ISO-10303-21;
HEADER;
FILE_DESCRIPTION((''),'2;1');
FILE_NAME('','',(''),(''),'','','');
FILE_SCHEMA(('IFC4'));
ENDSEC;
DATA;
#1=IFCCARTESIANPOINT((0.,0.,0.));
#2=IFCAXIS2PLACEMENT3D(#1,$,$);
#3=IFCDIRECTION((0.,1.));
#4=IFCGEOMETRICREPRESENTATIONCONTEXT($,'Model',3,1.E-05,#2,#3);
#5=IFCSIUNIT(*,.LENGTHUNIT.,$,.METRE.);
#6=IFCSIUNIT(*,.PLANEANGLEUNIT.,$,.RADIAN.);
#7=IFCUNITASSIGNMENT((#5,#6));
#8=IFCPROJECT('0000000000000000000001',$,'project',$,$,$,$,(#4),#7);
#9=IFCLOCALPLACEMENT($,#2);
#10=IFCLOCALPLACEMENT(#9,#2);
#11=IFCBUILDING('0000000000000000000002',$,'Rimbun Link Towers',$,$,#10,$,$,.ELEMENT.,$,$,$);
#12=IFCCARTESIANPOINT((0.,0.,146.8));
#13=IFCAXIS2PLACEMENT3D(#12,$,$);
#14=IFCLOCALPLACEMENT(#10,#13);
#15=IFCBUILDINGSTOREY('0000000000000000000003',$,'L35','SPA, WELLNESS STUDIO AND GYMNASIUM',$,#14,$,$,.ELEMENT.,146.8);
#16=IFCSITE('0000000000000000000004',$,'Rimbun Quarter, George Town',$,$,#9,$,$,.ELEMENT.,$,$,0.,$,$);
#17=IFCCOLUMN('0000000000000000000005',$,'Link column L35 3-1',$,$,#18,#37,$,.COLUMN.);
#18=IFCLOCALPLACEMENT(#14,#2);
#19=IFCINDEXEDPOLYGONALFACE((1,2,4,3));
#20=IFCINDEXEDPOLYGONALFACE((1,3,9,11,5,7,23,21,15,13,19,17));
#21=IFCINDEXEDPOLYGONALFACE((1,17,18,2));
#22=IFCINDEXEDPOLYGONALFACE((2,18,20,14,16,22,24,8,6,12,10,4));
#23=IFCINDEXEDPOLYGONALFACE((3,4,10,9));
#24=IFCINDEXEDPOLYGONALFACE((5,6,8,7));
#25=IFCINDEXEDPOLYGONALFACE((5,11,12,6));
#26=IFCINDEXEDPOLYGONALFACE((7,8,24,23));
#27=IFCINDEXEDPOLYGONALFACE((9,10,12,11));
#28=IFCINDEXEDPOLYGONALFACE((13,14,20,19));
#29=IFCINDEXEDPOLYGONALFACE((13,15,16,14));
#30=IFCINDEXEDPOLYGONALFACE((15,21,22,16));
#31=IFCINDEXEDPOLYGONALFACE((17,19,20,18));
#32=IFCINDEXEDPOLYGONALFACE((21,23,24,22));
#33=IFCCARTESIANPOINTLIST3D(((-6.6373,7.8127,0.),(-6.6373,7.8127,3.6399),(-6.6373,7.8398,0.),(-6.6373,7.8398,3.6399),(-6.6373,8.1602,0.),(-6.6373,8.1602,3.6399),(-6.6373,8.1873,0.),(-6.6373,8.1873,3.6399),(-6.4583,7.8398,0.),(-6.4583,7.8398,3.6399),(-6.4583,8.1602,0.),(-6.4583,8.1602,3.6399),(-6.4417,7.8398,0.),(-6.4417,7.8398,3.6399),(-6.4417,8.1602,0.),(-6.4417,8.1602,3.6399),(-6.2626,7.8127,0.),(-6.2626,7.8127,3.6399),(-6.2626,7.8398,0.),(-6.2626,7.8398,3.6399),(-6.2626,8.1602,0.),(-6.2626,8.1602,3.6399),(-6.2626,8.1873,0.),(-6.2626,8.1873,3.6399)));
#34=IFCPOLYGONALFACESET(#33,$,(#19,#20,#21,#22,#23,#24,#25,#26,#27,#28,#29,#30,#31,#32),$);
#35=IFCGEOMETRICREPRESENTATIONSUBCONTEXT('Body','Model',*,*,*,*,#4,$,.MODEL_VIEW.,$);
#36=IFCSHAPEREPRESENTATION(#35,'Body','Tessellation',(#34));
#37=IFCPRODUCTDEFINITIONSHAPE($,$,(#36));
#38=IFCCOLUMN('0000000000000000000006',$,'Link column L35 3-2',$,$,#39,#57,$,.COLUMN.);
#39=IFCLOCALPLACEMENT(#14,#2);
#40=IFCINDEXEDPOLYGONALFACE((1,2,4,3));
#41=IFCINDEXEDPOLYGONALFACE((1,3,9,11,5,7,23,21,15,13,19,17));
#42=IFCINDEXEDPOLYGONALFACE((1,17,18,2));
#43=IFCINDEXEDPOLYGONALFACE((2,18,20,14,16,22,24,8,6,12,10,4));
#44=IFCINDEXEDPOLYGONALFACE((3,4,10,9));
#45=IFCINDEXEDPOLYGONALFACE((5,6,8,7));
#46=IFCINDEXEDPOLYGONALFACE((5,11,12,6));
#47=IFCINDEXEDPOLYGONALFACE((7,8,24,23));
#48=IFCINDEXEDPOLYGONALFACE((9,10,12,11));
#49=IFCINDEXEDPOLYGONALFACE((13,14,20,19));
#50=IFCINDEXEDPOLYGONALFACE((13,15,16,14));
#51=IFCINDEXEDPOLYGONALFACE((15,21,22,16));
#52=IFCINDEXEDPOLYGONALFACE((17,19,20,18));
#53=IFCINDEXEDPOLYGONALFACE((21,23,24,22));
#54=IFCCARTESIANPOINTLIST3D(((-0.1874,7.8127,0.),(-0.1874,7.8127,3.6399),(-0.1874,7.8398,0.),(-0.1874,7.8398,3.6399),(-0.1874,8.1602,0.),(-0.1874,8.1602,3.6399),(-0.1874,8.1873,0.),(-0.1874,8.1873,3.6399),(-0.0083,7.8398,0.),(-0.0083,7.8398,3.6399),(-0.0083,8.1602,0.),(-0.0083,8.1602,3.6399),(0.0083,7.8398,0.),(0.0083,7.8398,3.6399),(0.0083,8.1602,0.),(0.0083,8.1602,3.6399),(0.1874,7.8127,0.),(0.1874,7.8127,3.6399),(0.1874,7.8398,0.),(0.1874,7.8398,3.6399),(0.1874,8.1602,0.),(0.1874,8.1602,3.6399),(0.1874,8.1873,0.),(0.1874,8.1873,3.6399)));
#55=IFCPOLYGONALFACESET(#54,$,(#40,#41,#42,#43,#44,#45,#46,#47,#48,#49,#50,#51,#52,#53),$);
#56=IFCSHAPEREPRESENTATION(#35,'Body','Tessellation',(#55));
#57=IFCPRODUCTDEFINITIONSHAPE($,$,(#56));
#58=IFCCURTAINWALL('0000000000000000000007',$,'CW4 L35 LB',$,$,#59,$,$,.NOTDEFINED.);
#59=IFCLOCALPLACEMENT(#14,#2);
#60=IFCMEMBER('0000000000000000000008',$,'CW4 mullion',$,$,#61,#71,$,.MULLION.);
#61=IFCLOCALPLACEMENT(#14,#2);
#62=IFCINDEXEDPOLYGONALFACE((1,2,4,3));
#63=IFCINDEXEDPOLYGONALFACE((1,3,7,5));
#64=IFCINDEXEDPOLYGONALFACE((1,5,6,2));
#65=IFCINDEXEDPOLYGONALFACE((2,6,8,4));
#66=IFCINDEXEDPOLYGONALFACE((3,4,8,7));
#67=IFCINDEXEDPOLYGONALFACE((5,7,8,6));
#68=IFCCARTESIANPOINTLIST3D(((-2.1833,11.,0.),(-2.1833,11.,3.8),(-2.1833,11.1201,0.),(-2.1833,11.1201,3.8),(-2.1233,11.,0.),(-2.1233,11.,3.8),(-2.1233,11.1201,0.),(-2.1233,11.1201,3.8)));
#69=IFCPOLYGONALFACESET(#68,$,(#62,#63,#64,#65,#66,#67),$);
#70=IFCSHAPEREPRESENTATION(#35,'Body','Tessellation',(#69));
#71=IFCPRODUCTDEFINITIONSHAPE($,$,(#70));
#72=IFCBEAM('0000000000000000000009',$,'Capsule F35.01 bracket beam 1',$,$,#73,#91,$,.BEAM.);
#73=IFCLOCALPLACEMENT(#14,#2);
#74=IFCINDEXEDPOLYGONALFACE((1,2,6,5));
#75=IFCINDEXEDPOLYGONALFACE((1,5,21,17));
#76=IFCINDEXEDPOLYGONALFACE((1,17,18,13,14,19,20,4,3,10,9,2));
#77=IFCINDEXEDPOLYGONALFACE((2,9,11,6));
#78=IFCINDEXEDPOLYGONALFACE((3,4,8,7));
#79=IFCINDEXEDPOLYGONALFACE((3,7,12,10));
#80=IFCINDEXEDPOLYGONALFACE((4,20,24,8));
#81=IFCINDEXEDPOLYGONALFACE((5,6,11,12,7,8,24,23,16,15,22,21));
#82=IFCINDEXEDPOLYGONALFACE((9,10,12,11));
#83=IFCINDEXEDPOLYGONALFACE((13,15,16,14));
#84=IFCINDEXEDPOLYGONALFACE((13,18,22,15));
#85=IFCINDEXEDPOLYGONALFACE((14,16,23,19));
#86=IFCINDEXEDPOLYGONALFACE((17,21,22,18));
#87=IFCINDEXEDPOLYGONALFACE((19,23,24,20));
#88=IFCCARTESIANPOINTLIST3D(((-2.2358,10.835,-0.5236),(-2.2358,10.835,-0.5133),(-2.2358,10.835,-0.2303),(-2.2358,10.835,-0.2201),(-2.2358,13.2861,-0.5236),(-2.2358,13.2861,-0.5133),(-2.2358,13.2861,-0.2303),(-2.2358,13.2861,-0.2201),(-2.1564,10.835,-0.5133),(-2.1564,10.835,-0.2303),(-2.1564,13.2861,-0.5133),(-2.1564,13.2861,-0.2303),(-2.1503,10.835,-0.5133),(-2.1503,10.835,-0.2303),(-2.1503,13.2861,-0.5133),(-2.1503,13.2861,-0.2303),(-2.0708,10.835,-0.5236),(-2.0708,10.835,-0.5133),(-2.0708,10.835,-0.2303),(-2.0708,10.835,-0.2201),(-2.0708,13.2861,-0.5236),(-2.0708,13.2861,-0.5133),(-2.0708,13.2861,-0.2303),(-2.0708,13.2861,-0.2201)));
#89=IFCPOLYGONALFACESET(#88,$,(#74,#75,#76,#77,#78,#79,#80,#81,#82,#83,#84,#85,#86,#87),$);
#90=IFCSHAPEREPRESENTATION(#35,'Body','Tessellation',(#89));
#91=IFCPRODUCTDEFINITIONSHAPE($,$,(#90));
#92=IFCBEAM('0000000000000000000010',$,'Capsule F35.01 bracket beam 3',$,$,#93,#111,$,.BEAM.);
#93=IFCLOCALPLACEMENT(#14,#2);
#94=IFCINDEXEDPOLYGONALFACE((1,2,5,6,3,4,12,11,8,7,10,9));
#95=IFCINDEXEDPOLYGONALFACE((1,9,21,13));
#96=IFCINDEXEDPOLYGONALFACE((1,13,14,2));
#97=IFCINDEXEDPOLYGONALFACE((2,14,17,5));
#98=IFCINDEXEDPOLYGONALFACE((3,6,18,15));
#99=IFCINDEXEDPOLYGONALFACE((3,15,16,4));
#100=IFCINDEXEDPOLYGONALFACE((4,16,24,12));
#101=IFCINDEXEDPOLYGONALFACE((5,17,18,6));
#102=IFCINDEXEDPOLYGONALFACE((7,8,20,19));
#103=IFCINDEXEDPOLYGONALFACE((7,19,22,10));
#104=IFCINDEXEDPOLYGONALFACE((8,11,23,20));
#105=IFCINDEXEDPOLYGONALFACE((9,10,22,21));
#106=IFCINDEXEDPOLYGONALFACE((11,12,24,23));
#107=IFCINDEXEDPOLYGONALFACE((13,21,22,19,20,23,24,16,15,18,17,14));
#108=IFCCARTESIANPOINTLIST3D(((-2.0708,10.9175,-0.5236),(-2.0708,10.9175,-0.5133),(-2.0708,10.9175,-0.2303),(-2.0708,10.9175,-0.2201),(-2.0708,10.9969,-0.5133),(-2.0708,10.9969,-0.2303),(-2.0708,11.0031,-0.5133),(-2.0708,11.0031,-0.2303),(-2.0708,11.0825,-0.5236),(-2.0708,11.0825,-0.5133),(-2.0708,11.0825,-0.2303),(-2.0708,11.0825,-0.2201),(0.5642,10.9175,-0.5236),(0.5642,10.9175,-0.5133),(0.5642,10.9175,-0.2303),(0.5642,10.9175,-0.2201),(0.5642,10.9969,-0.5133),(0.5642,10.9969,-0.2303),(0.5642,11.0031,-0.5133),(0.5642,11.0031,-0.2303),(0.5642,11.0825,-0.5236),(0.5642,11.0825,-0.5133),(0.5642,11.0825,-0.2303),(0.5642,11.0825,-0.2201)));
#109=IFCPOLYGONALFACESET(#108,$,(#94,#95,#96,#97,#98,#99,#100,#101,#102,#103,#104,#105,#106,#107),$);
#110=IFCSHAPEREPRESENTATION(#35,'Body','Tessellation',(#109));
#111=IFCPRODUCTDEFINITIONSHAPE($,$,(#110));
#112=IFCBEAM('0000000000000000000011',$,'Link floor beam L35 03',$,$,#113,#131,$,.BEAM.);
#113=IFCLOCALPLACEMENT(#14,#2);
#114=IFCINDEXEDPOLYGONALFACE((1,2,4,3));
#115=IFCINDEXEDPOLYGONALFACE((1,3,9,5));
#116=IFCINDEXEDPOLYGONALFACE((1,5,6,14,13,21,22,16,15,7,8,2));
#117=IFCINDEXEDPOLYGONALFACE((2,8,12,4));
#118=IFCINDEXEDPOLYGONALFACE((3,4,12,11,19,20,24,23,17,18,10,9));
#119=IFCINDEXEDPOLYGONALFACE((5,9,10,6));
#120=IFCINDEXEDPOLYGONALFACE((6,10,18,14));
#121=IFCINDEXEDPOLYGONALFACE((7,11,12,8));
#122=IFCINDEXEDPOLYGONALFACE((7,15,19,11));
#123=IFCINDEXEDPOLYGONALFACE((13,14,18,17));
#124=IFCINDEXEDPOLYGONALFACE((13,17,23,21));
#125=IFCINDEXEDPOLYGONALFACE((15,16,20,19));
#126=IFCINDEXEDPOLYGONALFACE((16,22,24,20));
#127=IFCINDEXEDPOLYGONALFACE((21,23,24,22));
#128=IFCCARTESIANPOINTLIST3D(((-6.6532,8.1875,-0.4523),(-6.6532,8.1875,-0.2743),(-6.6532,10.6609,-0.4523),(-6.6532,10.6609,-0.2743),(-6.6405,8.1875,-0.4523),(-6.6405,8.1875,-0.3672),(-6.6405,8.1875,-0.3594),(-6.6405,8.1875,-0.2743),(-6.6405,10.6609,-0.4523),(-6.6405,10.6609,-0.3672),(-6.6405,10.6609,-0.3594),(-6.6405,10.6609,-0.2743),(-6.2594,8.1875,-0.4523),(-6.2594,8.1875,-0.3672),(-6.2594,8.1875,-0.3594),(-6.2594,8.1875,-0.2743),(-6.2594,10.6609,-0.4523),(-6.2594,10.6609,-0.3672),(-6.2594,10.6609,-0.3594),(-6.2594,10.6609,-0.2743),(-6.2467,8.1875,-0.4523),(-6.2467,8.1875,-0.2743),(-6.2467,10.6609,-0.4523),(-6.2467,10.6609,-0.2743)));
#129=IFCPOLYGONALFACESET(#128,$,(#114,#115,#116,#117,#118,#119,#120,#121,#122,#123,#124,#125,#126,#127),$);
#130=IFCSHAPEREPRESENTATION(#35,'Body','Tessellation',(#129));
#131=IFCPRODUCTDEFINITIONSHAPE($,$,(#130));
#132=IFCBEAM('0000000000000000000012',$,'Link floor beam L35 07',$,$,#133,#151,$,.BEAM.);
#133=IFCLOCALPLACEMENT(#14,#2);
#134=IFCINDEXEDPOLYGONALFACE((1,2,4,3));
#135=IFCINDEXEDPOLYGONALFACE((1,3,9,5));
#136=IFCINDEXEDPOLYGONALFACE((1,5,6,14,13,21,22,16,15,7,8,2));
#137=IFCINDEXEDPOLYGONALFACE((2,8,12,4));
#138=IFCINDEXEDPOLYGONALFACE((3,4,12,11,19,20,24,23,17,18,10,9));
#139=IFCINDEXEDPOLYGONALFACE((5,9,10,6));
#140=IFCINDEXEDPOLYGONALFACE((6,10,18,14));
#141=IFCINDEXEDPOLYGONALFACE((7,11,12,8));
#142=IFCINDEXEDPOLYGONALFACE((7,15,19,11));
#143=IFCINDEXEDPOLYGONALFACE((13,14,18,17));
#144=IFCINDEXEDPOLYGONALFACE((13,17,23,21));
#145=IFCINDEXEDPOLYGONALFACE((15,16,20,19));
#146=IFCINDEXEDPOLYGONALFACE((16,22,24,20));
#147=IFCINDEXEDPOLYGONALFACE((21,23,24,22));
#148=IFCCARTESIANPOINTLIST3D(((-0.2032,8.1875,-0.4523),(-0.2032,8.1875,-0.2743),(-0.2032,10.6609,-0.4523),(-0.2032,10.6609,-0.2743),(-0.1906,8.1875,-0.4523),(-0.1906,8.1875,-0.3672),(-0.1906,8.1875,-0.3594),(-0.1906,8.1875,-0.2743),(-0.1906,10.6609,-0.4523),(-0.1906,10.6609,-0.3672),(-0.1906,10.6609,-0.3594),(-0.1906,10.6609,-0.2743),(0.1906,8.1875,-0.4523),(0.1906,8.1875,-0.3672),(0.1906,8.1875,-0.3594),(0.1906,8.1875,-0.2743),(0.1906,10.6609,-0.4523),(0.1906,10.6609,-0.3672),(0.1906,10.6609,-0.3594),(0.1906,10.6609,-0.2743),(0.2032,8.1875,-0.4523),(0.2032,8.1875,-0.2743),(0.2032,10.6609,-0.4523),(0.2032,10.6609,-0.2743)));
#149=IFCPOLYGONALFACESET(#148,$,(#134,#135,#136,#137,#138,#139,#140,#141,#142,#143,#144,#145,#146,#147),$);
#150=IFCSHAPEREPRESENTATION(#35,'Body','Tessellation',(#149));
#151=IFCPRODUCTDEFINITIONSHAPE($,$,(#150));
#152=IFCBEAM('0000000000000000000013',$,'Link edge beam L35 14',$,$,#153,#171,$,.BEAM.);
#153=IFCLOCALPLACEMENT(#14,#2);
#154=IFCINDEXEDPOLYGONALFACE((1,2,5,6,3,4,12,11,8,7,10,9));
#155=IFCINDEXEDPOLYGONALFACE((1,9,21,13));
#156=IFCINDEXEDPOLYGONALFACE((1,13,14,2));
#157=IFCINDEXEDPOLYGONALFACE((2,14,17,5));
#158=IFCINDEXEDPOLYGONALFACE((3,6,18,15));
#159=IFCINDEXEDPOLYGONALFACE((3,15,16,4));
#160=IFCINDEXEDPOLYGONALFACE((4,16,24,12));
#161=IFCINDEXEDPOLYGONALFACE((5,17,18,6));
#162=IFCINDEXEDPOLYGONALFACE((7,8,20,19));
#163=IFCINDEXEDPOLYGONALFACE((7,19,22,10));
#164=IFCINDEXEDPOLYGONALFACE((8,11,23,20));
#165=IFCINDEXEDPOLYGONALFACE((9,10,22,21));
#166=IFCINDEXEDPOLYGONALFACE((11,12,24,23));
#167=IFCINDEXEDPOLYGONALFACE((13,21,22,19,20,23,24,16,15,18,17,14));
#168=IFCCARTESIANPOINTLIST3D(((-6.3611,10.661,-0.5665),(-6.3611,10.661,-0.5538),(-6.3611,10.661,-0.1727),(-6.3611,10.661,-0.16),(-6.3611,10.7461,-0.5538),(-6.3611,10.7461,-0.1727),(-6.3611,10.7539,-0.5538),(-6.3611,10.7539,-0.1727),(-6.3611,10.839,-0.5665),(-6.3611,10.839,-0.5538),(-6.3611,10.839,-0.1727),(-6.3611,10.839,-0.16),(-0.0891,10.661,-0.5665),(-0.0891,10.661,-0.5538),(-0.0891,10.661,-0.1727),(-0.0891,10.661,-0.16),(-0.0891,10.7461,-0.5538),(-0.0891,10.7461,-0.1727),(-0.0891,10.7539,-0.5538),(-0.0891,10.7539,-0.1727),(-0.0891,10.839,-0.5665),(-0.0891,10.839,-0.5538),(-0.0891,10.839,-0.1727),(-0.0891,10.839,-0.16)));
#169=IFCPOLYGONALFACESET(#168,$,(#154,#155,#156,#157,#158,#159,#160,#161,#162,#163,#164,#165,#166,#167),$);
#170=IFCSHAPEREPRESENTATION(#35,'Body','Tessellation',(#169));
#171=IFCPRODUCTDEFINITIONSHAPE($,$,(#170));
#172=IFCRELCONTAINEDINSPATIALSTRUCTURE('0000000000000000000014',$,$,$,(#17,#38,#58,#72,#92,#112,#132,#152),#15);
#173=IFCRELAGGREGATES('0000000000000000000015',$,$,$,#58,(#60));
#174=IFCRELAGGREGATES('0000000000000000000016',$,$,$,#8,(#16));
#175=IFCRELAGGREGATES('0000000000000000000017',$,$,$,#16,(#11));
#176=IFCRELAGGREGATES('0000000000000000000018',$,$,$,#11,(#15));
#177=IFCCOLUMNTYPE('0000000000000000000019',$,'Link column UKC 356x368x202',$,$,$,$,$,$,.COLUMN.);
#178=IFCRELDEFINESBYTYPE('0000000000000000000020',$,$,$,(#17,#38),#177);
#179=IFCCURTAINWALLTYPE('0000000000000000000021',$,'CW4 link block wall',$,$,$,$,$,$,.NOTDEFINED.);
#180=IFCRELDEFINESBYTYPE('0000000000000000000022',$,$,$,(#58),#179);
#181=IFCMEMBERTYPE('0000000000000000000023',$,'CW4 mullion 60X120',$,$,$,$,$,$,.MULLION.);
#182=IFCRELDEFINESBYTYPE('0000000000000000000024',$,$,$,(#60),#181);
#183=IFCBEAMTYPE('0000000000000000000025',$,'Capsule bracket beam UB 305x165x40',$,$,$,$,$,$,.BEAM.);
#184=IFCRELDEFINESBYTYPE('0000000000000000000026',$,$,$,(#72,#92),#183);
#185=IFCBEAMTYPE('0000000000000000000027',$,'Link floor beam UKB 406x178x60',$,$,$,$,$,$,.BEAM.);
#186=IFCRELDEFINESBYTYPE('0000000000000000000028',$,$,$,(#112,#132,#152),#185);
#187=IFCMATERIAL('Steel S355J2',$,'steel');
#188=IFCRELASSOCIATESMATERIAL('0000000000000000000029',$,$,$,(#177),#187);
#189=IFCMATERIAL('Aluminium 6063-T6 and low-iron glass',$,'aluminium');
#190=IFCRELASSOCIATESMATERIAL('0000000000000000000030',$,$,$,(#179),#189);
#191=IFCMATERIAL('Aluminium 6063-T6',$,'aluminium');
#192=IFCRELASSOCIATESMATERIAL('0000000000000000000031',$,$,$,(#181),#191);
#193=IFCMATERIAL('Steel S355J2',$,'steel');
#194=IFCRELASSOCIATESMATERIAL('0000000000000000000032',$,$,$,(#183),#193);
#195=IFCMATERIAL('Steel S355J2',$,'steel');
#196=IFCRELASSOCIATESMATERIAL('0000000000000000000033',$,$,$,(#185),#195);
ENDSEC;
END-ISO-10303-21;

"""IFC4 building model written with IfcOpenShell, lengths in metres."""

from ifc_helpers import new_model, si_unit, direction, frame, origin, origin_2d, place, context, subcontext, project, spatial, rectangle, i_section, extrude, material, material_profile, profile_set, type_object, element, aggregate, save


model = new_model("IFC4")

# Units and contexts
model_context = context("Model", 3, precision=1e-05, world=origin(), true_north=direction((0.0, 1.0)))
body_context = subcontext(model_context, "Body", "Model", "MODEL_VIEW")
ifc_project = project(units=[si_unit("LENGTHUNIT", "METRE"), si_unit("PLANEANGLEUNIT", "RADIAN")], contexts=[model_context])

# Site, building, storey
site_placement = place(None, origin())
site = spatial("IfcSite", under=ifc_project, at=site_placement, Name="Rimbun Quarter, George Town", CompositionType="ELEMENT", RefElevation=0.0)
building_placement = place(site_placement, origin())
building = spatial("IfcBuilding", under=site, at=building_placement, Name="Rimbun Link Towers", CompositionType="ELEMENT")
storey_placement = place(building_placement, frame((0.0, 0.0, 146.8)))
storey = spatial("IfcBuildingStorey", under=building, at=storey_placement, Name="L35", Description="SPA, WELLNESS STUDIO AND GYMNASIUM", CompositionType="ELEMENT", Elevation=146.8)

# Columns
ifc_material_1 = material(Name="Steel S355J2", Category="steel")
ifc_material_profile_1 = material_profile(ifc_material_1, i_section(OverallWidth=0.3748, OverallDepth=0.3745, WebThickness=0.0166, FlangeThickness=0.0271, at=origin_2d()), Name="UKC 356x368x202")
ifc_profile_set_1 = profile_set([ifc_material_profile_1], Name="Steel S355J2")
column_type = type_object("IfcColumnType", Name="Link column UKC 356x368x202", PredefinedType="COLUMN", material=ifc_profile_set_1)
for number, where, z_axis, x_axis, name in (
    (1, (-6.45, 8.0, 0.0), (0.0, 0.0, 1.0), (1.0, 0.0, 0.0), "Link column L35 3-1"),
    (2, (0.0, 8.0, 0.0), (0.0, 0.0, 1.0), (1.0, 0.0, 0.0), "Link column L35 3-2"),
):
    element("IfcColumn", number, at=place(storey_placement, frame(where, z_axis=z_axis, x_axis=x_axis)), inside=storey, type_object=column_type, Name=name, PredefinedType="COLUMN", context=body_context, shape_type="SweptSolid", body=[
        extrude(i_section(OverallWidth=0.3748, OverallDepth=0.3745, WebThickness=0.0166, FlangeThickness=0.0271, at=origin_2d()), origin(), (0.0, 0.0, 1.0), 3.6399),
    ])

# Curtain wall, member
ifc_material_2 = material(Name="Aluminium 6063-T6 and low-iron glass", Category="aluminium")
curtain_wall_type = type_object("IfcCurtainWallType", Name="CW4 link block wall", PredefinedType="NOTDEFINED", material=ifc_material_2)
curtain_wall_placement = place(storey_placement, origin())
curtain_wall = element("IfcCurtainWall", 3, at=curtain_wall_placement, inside=storey, type_object=curtain_wall_type, Name="CW4 L35 LB", PredefinedType="NOTDEFINED")
ifc_material_3 = material(Name="Aluminium 6063-T6", Category="aluminium")
ifc_material_profile_2 = material_profile(ifc_material_3, rectangle(XDim=0.1201, YDim=0.0601, at=origin_2d()), Name="MULLION 60X120")
ifc_profile_set_2 = profile_set([ifc_material_profile_2], Name="Aluminium 6063-T6")
member_type_1 = type_object("IfcMemberType", Name="CW4 mullion 60X120", PredefinedType="MULLION", material=ifc_profile_set_2)
member_1_placement = place(storey_placement, frame((-2.1533, 11.0601, 0.0), z_axis=(0.0, 0.0, 1.0), x_axis=(0.0, 1.0, 0.0)))
member_1 = element("IfcMember", 4, at=member_1_placement, type_object=member_type_1, Name="CW4 mullion", PredefinedType="MULLION", context=body_context, shape_type="SweptSolid", body=[
    extrude(rectangle(XDim=0.1201, YDim=0.0601, at=origin_2d()), origin(), (0.0, 0.0, 1.0), 3.8),
])

# Beams
ifc_material_4 = material(Name="Steel S355J2", Category="steel")
ifc_material_profile_3 = material_profile(ifc_material_4, i_section(OverallWidth=0.165, OverallDepth=0.3035, WebThickness=0.0061, FlangeThickness=0.0103, at=origin_2d()), Name="UB 305x165x40")
ifc_profile_set_3 = profile_set([ifc_material_profile_3], Name="Steel S355J2")
beam_type_1 = type_object("IfcBeamType", Name="Capsule bracket beam UB 305x165x40", PredefinedType="BEAM", material=ifc_profile_set_3)
beam_1_placement = place(storey_placement, frame((-2.1533, 10.835, -0.3718), z_axis=(0.0, 1.0, 0.0), x_axis=(-1.0, 0.0, 0.0)))
element("IfcBeam", 5, at=beam_1_placement, inside=storey, type_object=beam_type_1, Name="Capsule F35.01 bracket beam 1", PredefinedType="BEAM", context=body_context, shape_type="SweptSolid", body=[
    extrude(i_section(OverallWidth=0.165, OverallDepth=0.3035, WebThickness=0.0061, FlangeThickness=0.0103, at=origin_2d()), origin(), (0.0, 0.0, 1.0), 2.4512),
])
beam_2_placement = place(storey_placement, frame((-2.0708, 11.0, -0.3718), z_axis=(1.0, 0.0, 0.0), x_axis=(0.0, 1.0, 0.0)))
element("IfcBeam", 6, at=beam_2_placement, inside=storey, type_object=beam_type_1, Name="Capsule F35.01 bracket beam 3", PredefinedType="BEAM", context=body_context, shape_type="SweptSolid", body=[
    extrude(i_section(OverallWidth=0.165, OverallDepth=0.3035, WebThickness=0.0061, FlangeThickness=0.0103, at=origin_2d()), origin(), (0.0, 0.0, 1.0), 2.635),
])
ifc_material_5 = material(Name="Steel S355J2", Category="steel")
ifc_material_profile_4 = material_profile(ifc_material_5, i_section(OverallWidth=0.178, OverallDepth=0.4065, WebThickness=0.0078, FlangeThickness=0.0127, at=origin_2d()), Name="UKB 406x178x60")
ifc_profile_set_4 = profile_set([ifc_material_profile_4], Name="Steel S355J2")
beam_type_2 = type_object("IfcBeamType", Name="Link floor beam UKB 406x178x60", PredefinedType="BEAM", material=ifc_profile_set_4)
for number, where, z_axis, x_axis, name in (
    (7, (-6.45, 8.1875, -0.3633), (0.0, 1.0, 0.0), (0.0, 0.0, 1.0), "Link floor beam L35 03"),
    (8, (0.0, 8.1875, -0.3633), (0.0, 1.0, 0.0), (0.0, 0.0, 1.0), "Link floor beam L35 07"),
):
    element("IfcBeam", number, at=place(storey_placement, frame(where, z_axis=z_axis, x_axis=x_axis)), inside=storey, type_object=beam_type_2, Name=name, PredefinedType="BEAM", context=body_context, shape_type="SweptSolid", body=[
        extrude(i_section(OverallWidth=0.178, OverallDepth=0.4065, WebThickness=0.0078, FlangeThickness=0.0127, at=origin_2d()), origin(), (0.0, 0.0, 1.0), 2.4734),
    ])
beam_3_placement = place(storey_placement, frame((-6.3611, 10.75, -0.3633), z_axis=(1.0, 0.0, 0.0), x_axis=(0.0, 1.0, 0.0)))
element("IfcBeam", 9, at=beam_3_placement, inside=storey, type_object=beam_type_2, Name="Link edge beam L35 14", PredefinedType="BEAM", context=body_context, shape_type="SweptSolid", body=[
    extrude(i_section(OverallWidth=0.178, OverallDepth=0.4065, WebThickness=0.0078, FlangeThickness=0.0127, at=origin_2d()), origin(), (0.0, 0.0, 1.0), 6.272),
])

aggregate(curtain_wall, [member_1])

save(model, "model.ifc")
